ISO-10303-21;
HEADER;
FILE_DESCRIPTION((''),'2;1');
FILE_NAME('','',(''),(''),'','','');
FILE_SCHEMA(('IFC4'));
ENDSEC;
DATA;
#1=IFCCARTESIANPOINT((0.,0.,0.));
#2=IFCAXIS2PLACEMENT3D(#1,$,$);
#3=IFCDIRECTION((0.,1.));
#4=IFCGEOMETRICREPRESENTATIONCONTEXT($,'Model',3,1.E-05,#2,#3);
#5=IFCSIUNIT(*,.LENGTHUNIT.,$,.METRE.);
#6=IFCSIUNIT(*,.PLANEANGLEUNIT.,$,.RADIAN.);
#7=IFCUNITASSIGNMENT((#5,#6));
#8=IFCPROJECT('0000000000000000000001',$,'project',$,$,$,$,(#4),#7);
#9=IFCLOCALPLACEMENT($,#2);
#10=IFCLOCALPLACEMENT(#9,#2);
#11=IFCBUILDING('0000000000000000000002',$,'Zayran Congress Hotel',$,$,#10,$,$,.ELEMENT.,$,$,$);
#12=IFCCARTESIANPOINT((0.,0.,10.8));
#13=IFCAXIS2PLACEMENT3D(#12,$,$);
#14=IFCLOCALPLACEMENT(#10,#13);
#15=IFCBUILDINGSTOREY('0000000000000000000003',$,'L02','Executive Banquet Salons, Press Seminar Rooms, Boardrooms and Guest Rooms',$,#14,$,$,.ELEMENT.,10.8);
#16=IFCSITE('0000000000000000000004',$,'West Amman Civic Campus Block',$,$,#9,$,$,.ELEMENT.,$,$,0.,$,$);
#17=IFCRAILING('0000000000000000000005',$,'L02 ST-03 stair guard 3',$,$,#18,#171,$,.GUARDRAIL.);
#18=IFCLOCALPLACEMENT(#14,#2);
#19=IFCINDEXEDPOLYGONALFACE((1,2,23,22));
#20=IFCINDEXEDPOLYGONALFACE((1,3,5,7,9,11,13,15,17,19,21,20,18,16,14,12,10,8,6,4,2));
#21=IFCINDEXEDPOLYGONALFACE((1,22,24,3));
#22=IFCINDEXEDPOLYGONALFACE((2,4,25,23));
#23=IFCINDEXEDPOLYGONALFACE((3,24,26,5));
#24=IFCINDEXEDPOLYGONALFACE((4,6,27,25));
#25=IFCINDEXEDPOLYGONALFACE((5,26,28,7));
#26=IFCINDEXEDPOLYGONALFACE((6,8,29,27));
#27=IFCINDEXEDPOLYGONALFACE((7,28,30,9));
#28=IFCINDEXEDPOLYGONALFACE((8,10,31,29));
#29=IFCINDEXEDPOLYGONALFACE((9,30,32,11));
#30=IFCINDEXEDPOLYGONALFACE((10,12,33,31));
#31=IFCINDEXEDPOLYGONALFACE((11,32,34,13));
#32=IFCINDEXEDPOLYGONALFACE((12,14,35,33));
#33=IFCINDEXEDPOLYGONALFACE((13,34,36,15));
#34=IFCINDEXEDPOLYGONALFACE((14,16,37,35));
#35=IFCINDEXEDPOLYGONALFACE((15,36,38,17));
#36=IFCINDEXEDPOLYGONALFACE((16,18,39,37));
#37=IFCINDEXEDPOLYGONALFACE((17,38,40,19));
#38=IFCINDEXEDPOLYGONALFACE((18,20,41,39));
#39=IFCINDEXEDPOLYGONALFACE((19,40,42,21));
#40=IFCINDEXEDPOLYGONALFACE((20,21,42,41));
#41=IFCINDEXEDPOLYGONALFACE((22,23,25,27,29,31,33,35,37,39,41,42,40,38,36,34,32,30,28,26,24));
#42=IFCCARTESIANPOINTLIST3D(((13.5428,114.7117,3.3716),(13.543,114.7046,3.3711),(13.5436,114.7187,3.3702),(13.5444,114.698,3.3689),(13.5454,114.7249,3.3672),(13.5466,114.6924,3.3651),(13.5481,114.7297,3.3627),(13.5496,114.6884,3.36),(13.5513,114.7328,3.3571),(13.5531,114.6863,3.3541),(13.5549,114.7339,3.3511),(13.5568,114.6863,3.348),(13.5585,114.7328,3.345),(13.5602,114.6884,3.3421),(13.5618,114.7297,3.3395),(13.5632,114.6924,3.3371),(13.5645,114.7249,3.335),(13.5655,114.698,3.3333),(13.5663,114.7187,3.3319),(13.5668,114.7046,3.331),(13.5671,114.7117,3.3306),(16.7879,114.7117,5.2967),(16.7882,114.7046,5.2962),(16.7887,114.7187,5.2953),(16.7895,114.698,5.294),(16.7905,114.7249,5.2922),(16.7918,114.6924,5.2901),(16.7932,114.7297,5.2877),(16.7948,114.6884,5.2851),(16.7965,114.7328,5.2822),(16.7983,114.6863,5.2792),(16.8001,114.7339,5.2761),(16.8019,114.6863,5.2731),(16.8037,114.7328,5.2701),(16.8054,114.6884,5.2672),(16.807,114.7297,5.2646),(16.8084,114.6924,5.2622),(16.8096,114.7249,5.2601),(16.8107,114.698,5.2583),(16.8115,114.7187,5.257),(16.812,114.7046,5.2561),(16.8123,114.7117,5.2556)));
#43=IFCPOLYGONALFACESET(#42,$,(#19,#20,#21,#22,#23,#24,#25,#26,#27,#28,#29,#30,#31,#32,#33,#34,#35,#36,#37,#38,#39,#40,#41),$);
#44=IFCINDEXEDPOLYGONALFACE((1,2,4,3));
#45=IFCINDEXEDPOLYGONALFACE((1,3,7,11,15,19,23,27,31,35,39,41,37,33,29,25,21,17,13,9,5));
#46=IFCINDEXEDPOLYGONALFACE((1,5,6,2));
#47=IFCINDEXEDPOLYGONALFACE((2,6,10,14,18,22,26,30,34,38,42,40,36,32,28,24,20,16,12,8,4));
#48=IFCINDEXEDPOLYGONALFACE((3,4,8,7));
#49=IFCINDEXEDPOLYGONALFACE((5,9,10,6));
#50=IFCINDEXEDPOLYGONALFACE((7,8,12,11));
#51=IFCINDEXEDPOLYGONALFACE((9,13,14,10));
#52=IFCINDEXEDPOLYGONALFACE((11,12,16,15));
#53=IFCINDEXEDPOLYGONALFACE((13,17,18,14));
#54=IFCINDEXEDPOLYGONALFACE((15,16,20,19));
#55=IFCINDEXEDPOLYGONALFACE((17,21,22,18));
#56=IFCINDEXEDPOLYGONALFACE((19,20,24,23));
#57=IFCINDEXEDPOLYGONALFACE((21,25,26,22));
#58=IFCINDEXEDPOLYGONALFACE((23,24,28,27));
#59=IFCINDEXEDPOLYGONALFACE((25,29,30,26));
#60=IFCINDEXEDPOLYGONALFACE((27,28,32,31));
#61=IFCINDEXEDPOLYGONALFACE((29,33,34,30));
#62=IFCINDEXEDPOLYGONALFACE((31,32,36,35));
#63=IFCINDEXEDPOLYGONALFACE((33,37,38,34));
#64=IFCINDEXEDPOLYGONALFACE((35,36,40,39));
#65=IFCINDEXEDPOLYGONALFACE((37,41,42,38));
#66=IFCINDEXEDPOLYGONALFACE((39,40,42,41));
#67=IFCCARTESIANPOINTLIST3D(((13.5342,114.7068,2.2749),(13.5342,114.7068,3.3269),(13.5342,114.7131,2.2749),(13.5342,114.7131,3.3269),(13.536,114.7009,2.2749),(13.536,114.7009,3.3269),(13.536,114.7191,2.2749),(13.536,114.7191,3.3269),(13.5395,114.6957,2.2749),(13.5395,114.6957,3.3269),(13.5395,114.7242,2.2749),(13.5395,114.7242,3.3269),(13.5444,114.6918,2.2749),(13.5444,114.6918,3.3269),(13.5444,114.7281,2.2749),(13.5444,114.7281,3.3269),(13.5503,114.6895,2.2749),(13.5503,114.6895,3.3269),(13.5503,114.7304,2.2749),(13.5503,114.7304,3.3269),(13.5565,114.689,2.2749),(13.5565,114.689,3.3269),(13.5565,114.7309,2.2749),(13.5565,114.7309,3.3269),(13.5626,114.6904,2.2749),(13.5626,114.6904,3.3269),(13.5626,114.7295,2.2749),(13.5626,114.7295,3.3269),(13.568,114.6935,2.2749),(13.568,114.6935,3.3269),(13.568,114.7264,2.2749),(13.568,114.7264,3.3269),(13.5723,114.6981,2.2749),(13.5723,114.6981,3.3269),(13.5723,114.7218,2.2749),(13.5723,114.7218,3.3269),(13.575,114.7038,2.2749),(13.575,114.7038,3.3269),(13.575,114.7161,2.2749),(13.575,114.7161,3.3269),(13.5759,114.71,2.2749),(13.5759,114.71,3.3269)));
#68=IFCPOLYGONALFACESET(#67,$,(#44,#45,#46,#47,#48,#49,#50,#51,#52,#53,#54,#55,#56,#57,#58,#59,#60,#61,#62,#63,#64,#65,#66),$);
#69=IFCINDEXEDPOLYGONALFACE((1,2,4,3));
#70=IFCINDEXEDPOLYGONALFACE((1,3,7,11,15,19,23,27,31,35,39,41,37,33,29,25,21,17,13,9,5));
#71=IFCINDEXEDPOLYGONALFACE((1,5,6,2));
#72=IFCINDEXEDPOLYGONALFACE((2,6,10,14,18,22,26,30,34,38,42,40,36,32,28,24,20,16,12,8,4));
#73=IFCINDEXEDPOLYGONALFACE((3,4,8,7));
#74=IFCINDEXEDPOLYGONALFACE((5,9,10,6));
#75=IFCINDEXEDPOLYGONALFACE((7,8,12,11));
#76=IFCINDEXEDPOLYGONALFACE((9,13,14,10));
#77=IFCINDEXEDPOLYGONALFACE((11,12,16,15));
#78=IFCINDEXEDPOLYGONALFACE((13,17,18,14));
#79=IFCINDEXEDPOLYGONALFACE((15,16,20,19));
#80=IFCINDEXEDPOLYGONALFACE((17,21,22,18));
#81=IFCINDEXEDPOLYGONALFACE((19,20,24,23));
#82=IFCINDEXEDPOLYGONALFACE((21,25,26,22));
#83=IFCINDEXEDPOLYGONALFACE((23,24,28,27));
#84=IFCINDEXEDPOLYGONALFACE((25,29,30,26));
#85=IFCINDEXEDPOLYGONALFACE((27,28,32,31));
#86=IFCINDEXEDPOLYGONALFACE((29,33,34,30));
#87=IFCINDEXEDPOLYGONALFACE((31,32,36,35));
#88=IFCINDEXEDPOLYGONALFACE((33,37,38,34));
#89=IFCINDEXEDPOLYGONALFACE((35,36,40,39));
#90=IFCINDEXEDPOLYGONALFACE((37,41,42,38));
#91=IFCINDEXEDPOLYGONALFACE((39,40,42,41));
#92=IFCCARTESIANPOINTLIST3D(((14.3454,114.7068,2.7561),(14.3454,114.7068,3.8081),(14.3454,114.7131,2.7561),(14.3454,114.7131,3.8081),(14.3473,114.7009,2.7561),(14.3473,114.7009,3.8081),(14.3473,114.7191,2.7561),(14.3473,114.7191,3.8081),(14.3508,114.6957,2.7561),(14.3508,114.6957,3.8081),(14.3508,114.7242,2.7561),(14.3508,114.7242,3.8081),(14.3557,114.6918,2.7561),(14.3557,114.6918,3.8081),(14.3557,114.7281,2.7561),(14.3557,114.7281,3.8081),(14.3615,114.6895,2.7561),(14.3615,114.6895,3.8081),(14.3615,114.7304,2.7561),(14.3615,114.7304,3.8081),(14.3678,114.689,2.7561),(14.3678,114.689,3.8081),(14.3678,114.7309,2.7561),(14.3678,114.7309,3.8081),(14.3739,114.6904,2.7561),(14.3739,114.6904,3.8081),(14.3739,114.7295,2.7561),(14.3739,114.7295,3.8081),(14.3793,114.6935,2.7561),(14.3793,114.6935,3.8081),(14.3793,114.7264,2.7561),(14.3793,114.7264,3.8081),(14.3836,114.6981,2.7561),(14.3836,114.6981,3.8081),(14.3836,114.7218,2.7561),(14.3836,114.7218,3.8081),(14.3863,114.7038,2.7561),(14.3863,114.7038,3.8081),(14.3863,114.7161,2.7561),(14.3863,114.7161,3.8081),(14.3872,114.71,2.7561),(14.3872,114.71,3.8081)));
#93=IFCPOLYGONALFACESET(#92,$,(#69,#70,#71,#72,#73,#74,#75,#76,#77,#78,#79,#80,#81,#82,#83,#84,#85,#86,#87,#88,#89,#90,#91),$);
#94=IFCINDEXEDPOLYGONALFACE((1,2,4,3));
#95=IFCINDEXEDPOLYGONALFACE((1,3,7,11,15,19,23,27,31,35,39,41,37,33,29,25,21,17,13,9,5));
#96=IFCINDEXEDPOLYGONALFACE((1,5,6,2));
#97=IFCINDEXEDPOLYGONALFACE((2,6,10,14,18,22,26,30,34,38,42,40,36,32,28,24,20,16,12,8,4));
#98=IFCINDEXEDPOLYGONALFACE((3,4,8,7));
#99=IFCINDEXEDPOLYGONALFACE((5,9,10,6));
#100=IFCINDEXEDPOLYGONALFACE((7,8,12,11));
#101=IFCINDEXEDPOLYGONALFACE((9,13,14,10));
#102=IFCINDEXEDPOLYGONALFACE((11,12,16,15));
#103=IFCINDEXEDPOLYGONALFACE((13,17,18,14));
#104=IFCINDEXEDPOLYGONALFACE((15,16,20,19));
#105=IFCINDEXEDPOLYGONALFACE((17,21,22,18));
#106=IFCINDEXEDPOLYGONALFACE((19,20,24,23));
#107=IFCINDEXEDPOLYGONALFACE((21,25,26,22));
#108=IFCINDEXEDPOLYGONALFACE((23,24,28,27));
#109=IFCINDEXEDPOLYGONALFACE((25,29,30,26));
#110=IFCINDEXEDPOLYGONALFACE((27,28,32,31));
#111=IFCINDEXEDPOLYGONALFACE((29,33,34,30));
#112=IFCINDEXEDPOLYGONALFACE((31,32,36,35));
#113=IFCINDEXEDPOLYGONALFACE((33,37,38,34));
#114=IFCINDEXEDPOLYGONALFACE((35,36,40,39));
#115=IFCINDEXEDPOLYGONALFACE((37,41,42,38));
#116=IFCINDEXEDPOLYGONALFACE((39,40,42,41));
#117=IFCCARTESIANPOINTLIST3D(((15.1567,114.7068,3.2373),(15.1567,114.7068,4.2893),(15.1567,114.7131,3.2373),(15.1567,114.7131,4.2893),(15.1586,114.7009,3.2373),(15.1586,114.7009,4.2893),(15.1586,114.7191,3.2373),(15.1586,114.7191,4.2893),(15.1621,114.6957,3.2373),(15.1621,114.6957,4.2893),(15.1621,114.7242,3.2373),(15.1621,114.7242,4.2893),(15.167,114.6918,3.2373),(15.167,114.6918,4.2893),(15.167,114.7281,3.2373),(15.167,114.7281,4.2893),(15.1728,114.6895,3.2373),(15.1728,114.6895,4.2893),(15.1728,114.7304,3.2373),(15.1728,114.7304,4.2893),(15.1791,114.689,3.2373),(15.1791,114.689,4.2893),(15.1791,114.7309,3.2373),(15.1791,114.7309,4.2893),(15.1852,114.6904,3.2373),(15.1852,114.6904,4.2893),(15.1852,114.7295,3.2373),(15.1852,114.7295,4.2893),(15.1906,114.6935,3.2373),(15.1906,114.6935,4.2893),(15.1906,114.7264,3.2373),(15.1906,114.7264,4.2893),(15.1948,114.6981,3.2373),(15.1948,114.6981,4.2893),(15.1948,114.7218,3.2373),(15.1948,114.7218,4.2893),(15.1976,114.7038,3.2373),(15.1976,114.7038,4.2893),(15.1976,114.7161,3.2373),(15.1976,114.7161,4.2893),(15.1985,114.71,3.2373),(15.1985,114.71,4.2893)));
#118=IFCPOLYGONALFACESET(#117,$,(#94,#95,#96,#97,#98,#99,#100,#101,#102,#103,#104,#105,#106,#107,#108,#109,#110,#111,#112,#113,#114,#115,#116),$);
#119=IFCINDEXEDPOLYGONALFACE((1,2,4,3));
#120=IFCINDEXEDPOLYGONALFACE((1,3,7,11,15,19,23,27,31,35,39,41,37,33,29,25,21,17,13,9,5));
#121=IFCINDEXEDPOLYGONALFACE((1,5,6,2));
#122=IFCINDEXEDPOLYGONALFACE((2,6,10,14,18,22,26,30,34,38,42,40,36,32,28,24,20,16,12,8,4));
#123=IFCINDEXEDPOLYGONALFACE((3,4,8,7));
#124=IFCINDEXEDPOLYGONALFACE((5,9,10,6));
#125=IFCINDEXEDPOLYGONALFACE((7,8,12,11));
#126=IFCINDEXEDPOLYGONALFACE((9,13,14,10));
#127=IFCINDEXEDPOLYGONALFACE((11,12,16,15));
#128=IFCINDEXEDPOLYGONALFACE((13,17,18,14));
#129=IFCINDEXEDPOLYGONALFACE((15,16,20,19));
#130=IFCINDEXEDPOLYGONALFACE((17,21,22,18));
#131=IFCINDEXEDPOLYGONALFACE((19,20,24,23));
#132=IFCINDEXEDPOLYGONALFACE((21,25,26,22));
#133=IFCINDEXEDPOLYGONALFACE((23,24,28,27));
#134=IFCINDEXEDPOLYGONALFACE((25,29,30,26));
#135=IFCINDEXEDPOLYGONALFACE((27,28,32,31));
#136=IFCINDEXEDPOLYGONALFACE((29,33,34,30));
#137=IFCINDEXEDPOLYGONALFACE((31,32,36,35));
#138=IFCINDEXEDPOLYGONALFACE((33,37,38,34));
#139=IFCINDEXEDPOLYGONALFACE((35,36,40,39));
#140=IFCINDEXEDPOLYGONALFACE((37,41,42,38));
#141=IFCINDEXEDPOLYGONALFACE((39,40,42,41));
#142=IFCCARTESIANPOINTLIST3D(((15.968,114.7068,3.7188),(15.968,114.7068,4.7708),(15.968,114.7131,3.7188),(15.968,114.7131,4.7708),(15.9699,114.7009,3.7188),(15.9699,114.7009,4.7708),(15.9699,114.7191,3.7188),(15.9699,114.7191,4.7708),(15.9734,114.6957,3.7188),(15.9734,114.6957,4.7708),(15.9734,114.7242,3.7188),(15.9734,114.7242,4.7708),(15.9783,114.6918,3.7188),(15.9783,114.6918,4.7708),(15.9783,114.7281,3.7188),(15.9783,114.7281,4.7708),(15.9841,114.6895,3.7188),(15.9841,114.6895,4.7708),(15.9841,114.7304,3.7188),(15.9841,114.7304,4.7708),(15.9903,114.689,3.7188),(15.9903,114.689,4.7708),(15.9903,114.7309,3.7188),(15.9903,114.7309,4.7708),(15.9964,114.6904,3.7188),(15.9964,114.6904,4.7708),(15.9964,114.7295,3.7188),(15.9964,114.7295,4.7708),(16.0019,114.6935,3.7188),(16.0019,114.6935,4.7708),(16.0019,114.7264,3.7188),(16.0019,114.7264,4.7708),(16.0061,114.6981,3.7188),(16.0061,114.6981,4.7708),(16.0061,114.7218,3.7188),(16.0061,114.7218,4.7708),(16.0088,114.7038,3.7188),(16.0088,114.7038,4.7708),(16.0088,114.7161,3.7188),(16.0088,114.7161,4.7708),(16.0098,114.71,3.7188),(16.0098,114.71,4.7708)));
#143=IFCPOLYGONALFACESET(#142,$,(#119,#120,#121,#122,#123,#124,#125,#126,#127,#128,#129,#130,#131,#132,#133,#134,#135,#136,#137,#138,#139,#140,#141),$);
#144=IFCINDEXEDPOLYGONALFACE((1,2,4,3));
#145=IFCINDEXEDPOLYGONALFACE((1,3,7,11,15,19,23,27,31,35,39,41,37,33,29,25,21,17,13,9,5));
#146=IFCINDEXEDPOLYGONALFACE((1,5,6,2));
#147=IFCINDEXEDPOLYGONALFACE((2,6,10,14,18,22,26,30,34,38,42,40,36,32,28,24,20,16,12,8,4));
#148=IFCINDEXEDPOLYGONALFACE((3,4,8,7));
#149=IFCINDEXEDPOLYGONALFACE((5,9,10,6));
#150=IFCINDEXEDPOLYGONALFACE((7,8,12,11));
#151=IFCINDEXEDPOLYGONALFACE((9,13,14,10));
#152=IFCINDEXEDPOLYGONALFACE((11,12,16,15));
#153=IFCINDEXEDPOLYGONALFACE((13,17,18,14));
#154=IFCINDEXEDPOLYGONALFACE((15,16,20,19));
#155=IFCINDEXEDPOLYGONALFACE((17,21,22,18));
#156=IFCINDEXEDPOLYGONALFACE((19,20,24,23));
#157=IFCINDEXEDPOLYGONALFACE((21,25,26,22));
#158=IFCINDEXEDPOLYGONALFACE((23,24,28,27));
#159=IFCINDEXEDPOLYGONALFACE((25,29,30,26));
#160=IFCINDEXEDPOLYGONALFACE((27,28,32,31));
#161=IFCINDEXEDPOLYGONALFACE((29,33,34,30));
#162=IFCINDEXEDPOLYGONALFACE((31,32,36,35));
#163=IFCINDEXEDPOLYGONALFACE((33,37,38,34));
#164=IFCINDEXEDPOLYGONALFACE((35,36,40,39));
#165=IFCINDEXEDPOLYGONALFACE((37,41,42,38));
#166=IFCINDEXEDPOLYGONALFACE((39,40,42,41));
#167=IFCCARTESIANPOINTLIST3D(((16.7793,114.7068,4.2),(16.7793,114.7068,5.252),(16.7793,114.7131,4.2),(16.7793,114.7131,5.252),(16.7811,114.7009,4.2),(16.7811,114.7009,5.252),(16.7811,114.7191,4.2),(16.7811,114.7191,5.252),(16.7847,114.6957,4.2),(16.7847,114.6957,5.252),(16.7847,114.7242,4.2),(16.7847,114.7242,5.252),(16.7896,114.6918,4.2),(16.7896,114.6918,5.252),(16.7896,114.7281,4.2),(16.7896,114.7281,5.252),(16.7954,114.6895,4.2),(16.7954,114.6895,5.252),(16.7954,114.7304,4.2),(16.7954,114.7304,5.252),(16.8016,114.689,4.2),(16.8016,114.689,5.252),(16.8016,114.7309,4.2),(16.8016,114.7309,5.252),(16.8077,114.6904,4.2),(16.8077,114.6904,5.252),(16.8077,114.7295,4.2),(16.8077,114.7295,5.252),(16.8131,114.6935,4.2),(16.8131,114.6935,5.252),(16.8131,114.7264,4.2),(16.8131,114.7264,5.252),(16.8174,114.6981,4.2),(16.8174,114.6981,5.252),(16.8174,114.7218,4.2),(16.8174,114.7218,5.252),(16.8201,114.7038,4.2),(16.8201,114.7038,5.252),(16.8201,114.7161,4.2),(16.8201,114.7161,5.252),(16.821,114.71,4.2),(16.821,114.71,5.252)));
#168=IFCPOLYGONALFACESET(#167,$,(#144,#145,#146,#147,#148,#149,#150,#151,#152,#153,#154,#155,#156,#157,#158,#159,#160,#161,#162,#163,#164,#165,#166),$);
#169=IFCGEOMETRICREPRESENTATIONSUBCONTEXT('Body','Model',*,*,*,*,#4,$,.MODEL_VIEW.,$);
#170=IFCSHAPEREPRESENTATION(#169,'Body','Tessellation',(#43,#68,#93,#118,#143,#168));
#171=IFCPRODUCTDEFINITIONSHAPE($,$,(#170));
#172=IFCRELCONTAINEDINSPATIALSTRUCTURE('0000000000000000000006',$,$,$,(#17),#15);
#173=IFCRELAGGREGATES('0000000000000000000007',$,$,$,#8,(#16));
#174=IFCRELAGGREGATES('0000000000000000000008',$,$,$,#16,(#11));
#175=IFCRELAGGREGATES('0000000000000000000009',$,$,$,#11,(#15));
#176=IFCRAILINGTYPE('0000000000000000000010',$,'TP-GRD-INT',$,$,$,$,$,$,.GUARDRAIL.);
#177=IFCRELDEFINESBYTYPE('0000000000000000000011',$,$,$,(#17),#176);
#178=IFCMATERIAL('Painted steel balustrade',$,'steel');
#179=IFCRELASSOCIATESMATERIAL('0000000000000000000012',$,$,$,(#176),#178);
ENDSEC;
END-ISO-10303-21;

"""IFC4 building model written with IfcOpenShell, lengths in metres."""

from ifc_helpers import new_model, si_unit, direction, frame, origin, origin_2d, place, context, subcontext, project, spatial, circle, extrude, material, type_object, element, save


model = new_model("IFC4")

# Units and contexts
model_context = context("Model", 3, precision=1e-05, world=origin(), true_north=direction((0.0, 1.0)))
body_context = subcontext(model_context, "Body", "Model", "MODEL_VIEW")
ifc_project = project(units=[si_unit("LENGTHUNIT", "METRE"), si_unit("PLANEANGLEUNIT", "RADIAN")], contexts=[model_context])

# Site, building, storey
site_placement = place(None, origin())
site = spatial("IfcSite", under=ifc_project, at=site_placement, Name="West Amman Civic Campus Block", CompositionType="ELEMENT", RefElevation=0.0)
building_placement = place(site_placement, origin())
building = spatial("IfcBuilding", under=site, at=building_placement, Name="Zayran Congress Hotel", CompositionType="ELEMENT")
storey_placement = place(building_placement, frame((0.0, 0.0, 10.8)))
storey = spatial("IfcBuildingStorey", under=building, at=storey_placement, Name="L02", Description="Executive Banquet Salons, Press Seminar Rooms, Boardrooms and Guest Rooms", CompositionType="ELEMENT", Elevation=10.8)

# Railing
ifc_material_1 = material(Name="Painted steel balustrade", Category="steel")
railing_type_1 = type_object("IfcRailingType", Name="TP-GRD-INT", PredefinedType="GUARDRAIL", material=ifc_material_1)
railing_1_placement = place(storey_placement, frame((13.5549, 114.71, 2.2749)))
element("IfcRailing", 1, at=railing_1_placement, inside=storey, type_object=railing_type_1, Name="L02 ST-03 stair guard 3", PredefinedType="GUARDRAIL", context=body_context, shape_type="SweptSolid", body=[
    extrude(circle(Radius=0.0239, at=origin_2d()), frame((0.0, 0.0, 1.0762), z_axis=(0.860057, 0.0, 0.510198), x_axis=(0.0, 1.0, 0.0)), (0.0, 0.0, 1.0), 3.7732),
    extrude(circle(Radius=0.021, at=origin_2d()), origin(), (0.0, 0.0, 1.0), 1.052),
    extrude(circle(Radius=0.021, at=origin_2d()), frame((0.8113, 0.0, 0.4812)), (0.0, 0.0, 1.0), 1.052),
    extrude(circle(Radius=0.021, at=origin_2d()), frame((1.6226, 0.0, 0.9624)), (0.0, 0.0, 1.0), 1.052),
    extrude(circle(Radius=0.021, at=origin_2d()), frame((2.4338, 0.0, 1.4438)), (0.0, 0.0, 1.0), 1.052),
    extrude(circle(Radius=0.021, at=origin_2d()), frame((3.2451, 0.0, 1.925)), (0.0, 0.0, 1.0), 1.052),
])

save(model, "model.ifc")
